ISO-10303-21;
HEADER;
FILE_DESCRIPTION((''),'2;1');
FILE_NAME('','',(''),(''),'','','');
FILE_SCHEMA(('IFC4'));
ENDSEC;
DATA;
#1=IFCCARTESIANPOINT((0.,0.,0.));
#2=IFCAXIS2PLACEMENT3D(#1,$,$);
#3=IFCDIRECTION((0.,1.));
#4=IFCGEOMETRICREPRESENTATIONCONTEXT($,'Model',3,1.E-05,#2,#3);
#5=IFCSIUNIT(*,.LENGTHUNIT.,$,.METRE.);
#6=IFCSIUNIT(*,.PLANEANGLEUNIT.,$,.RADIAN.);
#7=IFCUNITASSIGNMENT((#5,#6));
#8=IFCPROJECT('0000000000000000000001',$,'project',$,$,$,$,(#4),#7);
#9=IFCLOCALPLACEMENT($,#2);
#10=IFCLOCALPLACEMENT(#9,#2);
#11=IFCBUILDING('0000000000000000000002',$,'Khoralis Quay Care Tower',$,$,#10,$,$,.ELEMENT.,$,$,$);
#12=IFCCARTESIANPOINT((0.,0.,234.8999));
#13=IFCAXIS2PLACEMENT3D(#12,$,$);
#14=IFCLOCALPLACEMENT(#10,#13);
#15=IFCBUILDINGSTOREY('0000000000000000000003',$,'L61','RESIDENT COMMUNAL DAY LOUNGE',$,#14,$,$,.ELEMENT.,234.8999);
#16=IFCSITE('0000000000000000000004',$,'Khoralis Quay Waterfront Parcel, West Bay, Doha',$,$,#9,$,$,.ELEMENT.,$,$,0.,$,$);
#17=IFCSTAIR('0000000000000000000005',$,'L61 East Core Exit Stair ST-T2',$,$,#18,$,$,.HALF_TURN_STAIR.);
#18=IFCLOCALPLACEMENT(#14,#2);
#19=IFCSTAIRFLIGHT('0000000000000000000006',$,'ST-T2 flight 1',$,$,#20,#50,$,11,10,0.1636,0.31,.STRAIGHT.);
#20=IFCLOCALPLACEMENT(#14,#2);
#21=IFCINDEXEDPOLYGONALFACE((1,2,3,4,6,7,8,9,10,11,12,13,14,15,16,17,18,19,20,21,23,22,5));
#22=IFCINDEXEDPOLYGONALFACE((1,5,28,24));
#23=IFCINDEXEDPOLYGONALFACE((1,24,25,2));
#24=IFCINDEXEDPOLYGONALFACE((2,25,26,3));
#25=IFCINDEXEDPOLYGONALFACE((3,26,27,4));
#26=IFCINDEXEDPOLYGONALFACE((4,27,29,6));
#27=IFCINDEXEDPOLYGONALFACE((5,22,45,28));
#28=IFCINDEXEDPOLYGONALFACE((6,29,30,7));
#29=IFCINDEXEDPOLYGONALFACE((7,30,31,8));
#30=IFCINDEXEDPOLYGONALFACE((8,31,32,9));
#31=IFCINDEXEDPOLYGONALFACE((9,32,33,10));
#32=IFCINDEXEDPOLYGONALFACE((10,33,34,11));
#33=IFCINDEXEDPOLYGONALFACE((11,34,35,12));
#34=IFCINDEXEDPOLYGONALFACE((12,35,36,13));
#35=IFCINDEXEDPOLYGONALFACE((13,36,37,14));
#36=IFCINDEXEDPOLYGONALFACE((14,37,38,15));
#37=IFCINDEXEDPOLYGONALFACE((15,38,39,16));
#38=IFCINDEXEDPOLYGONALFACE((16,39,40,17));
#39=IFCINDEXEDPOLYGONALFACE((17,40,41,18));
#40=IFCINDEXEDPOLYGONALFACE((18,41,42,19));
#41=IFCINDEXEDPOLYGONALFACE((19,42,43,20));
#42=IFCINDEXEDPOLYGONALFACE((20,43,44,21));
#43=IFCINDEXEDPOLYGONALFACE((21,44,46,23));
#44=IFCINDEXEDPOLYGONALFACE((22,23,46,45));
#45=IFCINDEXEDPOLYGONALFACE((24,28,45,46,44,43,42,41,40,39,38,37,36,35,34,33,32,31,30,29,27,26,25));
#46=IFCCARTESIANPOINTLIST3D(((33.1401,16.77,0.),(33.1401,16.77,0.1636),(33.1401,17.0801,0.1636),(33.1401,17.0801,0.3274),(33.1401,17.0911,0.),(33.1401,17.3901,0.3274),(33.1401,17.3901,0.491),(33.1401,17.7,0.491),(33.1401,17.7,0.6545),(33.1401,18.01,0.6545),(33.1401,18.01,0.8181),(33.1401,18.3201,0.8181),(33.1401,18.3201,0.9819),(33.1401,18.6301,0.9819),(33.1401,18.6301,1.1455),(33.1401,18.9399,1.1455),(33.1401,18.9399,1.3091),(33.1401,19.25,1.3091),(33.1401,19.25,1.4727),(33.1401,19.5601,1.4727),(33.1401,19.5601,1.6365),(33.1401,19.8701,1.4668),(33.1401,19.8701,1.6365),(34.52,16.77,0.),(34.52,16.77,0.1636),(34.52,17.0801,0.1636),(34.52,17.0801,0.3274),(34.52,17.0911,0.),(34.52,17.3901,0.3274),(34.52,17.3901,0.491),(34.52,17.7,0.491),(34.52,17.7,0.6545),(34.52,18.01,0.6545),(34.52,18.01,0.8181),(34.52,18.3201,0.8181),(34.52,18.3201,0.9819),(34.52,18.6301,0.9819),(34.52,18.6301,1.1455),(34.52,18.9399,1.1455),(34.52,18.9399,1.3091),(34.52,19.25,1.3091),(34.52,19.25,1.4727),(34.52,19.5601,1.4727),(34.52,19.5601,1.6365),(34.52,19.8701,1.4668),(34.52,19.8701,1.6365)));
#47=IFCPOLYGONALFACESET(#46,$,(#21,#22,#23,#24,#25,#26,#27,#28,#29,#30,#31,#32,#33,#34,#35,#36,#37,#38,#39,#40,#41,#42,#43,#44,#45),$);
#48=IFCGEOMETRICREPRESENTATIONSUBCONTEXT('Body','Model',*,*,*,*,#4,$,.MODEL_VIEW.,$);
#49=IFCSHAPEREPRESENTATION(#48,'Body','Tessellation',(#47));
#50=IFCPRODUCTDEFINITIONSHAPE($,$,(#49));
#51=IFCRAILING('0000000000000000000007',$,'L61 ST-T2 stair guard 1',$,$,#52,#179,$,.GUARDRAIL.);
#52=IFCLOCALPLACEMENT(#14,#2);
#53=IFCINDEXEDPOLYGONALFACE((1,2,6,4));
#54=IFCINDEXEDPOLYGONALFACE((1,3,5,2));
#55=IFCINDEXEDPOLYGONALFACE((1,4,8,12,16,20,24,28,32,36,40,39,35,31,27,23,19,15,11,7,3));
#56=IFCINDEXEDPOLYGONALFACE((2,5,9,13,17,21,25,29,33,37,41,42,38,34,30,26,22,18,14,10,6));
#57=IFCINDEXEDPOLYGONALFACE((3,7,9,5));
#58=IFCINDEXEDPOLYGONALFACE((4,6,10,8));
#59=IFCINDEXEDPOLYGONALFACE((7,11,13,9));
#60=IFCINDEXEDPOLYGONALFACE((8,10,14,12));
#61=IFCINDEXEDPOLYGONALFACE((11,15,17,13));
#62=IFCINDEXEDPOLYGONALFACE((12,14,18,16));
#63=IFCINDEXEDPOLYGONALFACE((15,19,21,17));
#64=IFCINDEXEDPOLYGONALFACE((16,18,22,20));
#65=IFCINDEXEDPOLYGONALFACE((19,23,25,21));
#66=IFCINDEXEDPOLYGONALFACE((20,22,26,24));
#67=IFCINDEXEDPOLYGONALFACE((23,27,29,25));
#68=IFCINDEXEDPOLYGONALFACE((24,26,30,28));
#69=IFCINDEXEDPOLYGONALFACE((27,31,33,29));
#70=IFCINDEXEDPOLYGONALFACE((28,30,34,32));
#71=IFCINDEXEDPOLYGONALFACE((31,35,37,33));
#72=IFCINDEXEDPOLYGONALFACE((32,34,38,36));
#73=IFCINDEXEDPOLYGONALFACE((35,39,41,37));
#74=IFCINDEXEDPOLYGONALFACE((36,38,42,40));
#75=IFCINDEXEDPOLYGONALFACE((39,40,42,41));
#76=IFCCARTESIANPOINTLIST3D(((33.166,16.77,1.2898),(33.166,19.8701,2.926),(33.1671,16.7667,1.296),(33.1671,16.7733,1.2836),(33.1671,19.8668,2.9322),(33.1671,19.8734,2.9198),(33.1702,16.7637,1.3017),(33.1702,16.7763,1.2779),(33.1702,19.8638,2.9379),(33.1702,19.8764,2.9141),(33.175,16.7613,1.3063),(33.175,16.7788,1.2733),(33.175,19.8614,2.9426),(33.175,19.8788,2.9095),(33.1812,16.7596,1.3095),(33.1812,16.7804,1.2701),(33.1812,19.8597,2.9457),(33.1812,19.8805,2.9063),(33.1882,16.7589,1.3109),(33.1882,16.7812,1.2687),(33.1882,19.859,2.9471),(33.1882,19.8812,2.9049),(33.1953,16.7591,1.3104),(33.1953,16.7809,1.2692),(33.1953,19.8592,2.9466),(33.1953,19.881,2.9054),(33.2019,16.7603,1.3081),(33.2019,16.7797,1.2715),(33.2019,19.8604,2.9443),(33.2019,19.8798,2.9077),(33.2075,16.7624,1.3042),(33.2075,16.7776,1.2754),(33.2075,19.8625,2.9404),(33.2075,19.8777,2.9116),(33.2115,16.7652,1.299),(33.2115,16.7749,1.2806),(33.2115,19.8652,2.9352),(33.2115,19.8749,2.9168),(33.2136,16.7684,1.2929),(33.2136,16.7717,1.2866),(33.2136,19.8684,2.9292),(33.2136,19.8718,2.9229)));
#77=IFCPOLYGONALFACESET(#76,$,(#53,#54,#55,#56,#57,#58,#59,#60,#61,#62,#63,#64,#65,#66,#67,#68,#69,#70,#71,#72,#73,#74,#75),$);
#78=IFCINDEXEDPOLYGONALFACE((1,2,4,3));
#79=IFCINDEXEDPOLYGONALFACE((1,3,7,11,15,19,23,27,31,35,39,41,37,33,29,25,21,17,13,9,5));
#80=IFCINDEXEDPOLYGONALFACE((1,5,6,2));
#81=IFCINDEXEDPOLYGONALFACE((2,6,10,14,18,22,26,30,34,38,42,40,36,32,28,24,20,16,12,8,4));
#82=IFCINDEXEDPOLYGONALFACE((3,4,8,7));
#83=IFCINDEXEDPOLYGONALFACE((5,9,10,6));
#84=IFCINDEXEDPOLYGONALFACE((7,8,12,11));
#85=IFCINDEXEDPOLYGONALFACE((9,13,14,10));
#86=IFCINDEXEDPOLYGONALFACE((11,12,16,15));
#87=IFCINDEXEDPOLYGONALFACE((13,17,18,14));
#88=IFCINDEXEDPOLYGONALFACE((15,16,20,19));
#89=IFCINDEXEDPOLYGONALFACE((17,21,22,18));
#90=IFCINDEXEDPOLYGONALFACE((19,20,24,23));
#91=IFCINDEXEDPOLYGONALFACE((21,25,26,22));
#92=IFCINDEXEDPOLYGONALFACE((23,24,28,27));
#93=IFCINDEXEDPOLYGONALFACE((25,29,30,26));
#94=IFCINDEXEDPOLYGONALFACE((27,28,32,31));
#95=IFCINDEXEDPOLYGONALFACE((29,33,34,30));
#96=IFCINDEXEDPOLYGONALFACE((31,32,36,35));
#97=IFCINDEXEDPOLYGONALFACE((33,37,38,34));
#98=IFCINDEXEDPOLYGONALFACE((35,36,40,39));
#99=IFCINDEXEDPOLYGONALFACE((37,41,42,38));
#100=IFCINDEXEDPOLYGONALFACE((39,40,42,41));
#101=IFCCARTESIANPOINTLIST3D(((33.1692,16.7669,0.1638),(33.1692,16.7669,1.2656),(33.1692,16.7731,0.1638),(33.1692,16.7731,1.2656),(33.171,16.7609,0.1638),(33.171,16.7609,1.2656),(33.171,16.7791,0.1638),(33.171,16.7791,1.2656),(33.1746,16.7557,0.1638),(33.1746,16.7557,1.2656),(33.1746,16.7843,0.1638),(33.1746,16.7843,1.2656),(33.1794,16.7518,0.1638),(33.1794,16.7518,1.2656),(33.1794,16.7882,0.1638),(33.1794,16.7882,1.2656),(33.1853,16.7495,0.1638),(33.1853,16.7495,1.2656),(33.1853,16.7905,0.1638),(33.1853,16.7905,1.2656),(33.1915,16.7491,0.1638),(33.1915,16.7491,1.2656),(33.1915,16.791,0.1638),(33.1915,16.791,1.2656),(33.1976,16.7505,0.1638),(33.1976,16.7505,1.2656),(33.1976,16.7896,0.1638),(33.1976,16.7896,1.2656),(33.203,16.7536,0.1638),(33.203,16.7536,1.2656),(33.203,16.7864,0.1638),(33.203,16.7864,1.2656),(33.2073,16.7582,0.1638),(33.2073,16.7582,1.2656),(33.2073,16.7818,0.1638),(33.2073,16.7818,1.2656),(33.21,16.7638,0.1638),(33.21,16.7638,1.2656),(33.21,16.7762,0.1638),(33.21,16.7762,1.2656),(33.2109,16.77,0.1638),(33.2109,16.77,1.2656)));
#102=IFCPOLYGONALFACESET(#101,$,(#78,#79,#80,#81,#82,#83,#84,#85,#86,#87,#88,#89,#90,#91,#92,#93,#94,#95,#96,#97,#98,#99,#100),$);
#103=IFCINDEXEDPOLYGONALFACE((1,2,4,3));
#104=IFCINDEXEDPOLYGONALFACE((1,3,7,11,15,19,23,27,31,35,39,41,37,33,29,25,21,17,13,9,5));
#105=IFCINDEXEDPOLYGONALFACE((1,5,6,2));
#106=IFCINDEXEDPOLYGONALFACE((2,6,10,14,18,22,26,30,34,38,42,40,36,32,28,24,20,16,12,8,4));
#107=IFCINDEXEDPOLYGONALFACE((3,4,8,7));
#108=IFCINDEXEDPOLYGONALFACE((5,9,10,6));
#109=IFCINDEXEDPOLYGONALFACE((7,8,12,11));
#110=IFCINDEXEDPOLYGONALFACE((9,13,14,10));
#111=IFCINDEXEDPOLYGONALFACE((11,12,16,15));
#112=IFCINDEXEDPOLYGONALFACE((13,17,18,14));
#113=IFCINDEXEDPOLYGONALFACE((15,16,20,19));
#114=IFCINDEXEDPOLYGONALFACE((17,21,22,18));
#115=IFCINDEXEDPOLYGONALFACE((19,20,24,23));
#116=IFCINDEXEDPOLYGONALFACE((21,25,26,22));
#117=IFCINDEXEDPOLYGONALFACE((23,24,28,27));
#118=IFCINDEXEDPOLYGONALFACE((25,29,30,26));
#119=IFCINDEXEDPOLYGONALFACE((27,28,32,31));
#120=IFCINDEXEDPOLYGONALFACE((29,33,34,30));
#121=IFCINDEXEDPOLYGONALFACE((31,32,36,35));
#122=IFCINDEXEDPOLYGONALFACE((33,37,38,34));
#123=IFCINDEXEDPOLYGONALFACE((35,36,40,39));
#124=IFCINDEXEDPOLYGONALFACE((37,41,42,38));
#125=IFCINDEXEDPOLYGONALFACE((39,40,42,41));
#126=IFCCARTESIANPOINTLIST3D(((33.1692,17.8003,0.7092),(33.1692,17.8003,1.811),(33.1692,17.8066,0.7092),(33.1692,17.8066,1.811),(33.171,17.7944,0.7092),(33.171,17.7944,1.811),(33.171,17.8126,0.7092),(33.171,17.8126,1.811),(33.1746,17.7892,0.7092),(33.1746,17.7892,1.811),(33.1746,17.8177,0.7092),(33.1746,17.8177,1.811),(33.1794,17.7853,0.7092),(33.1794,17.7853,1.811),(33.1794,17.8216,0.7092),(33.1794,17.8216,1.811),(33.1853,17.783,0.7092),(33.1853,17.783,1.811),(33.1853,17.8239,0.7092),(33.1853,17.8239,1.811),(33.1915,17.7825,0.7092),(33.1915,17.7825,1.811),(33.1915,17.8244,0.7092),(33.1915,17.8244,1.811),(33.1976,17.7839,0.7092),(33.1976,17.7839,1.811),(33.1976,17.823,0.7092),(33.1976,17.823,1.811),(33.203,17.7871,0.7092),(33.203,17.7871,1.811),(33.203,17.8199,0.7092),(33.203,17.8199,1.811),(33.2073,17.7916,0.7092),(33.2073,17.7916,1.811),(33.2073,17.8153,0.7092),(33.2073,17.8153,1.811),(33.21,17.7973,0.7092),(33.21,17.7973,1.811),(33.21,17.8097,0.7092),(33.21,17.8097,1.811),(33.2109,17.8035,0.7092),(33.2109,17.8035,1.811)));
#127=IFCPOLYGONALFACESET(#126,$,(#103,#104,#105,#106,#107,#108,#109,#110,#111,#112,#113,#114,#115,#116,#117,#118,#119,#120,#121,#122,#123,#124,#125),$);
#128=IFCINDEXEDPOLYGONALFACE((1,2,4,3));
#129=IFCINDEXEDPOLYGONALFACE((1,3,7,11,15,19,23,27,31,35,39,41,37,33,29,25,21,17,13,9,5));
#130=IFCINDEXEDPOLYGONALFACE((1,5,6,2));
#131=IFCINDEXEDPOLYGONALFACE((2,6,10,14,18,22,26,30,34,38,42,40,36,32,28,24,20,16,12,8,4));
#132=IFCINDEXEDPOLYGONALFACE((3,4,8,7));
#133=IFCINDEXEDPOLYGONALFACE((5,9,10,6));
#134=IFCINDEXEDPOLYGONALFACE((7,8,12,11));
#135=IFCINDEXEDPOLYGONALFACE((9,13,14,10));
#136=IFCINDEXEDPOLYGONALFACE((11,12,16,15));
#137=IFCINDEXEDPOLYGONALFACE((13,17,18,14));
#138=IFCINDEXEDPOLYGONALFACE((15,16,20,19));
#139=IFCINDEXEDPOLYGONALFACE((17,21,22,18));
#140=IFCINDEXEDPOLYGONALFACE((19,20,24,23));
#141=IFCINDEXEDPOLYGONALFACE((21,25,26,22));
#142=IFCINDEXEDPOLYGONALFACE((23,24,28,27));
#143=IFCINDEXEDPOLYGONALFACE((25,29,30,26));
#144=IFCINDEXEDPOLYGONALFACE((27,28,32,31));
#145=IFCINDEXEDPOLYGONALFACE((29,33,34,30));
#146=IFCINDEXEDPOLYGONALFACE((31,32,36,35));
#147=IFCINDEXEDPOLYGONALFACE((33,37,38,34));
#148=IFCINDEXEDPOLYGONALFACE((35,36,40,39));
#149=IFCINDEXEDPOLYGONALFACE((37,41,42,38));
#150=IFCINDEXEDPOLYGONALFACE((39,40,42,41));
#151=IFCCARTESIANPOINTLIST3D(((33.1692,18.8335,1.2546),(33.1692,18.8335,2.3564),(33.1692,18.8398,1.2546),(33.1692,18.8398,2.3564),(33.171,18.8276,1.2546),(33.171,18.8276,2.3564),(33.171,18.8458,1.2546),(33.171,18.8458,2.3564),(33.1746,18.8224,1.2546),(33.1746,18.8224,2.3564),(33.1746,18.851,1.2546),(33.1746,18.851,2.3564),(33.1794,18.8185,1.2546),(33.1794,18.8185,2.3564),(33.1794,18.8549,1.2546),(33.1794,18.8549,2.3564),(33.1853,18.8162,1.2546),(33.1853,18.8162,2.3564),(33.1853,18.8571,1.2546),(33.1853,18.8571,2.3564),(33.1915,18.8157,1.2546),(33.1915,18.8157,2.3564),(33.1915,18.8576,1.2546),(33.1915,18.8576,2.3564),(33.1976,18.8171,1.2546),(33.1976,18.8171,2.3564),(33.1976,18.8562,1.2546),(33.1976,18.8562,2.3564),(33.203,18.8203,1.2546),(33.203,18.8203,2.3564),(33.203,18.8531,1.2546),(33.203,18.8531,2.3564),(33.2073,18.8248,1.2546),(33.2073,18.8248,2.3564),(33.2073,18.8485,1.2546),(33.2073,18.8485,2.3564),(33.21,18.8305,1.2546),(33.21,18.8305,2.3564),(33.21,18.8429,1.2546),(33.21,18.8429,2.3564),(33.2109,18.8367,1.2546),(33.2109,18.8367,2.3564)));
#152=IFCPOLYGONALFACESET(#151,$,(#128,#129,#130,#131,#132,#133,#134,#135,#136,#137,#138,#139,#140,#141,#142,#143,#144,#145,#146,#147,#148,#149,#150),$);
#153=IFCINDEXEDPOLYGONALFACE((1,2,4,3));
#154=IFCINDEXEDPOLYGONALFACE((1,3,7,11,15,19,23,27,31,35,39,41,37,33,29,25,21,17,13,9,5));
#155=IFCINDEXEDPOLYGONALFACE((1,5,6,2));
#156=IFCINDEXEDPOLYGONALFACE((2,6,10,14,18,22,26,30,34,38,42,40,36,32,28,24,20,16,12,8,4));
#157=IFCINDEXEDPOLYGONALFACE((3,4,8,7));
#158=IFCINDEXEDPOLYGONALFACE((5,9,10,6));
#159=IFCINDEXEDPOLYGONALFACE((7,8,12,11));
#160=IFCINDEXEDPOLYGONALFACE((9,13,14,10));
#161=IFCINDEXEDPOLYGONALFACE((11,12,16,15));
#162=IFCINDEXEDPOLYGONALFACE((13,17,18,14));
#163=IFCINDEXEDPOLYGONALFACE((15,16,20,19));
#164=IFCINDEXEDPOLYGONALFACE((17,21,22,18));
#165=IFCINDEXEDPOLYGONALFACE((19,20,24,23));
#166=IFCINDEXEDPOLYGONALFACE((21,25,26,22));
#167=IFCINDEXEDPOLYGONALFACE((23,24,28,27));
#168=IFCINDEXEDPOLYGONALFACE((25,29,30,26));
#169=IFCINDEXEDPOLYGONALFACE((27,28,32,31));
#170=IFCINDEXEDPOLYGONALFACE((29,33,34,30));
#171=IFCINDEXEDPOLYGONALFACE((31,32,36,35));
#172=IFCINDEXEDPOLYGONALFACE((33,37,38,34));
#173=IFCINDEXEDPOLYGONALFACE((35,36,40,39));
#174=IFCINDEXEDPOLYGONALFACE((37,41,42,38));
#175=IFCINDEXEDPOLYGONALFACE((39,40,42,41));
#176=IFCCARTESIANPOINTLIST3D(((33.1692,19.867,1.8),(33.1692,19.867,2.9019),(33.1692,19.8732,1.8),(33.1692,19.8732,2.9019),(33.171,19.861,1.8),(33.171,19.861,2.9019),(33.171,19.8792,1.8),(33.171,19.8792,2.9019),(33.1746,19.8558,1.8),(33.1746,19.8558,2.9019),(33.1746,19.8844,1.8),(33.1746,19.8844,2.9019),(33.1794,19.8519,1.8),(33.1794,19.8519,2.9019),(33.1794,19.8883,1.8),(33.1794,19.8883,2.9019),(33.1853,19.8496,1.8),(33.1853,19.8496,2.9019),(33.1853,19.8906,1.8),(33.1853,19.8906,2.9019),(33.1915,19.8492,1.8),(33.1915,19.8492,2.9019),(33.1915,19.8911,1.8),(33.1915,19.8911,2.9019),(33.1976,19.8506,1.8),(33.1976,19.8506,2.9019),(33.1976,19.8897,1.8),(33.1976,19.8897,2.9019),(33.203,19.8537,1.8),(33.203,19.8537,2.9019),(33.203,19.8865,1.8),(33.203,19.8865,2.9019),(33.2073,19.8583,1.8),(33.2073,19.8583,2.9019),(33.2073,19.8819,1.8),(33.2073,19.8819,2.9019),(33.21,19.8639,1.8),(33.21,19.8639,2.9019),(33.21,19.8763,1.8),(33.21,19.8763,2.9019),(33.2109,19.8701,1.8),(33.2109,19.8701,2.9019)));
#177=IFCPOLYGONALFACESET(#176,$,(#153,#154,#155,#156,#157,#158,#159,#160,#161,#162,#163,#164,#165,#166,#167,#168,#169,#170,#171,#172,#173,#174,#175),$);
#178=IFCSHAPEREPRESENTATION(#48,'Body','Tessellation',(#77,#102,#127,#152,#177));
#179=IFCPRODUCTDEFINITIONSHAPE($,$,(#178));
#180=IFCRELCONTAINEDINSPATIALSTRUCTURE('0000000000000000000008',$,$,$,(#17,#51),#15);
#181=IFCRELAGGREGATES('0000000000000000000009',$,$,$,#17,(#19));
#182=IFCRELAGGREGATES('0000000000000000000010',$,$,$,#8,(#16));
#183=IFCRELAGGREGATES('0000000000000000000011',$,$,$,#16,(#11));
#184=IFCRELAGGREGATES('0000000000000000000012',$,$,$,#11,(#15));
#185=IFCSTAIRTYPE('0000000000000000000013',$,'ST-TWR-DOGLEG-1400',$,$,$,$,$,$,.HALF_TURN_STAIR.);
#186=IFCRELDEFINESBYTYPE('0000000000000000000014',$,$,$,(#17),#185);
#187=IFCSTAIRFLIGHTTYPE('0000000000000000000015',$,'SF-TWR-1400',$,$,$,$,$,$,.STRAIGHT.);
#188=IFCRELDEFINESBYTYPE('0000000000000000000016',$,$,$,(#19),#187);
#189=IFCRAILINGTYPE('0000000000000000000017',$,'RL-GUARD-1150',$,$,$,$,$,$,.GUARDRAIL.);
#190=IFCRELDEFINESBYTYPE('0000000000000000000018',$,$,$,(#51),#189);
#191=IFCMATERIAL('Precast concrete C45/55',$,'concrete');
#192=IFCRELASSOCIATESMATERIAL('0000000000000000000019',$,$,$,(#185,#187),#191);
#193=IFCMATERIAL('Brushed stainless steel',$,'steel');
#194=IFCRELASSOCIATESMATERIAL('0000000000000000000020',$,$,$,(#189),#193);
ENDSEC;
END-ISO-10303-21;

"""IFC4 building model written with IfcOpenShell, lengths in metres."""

from ifc_helpers import new_model, si_unit, direction, frame, origin, origin_2d, place, context, subcontext, project, spatial, polyline, circle, outline, extrude, source, transform, mapped, material, type_object, element, aggregate, save


model = new_model("IFC4")

# Units and contexts
model_context = context("Model", 3, precision=1e-05, world=origin(), true_north=direction((0.0, 1.0)))
body_context = subcontext(model_context, "Body", "Model", "MODEL_VIEW")
ifc_project = project(units=[si_unit("LENGTHUNIT", "METRE"), si_unit("PLANEANGLEUNIT", "RADIAN")], contexts=[model_context])

# Site, building, storey
site_placement = place(None, origin())
site = spatial("IfcSite", under=ifc_project, at=site_placement, Name="Khoralis Quay Waterfront Parcel, West Bay, Doha", CompositionType="ELEMENT", RefElevation=0.0)
building_placement = place(site_placement, origin())
building = spatial("IfcBuilding", under=site, at=building_placement, Name="Khoralis Quay Care Tower", CompositionType="ELEMENT")
storey_placement = place(building_placement, frame((0.0, 0.0, 234.8999)))
storey = spatial("IfcBuildingStorey", under=building, at=storey_placement, Name="L61", Description="RESIDENT COMMUNAL DAY LOUNGE", CompositionType="ELEMENT", Elevation=234.8999)

# Shared definitions
ifc_material_1 = material(Name="Brushed stainless steel", Category="steel")

# Shared definitions
ifc_material_2 = material(Name="Precast concrete C45/55", Category="concrete")

# Stair, stair flight
stair_type = type_object("IfcStairType", Name="ST-TWR-DOGLEG-1400", PredefinedType="HALF_TURN_STAIR", material=ifc_material_2)
stair_placement = place(storey_placement, origin())
stair = element("IfcStair", 1, at=stair_placement, inside=storey, type_object=stair_type, Name="L61 East Core Exit Stair ST-T2", PredefinedType="HALF_TURN_STAIR")
stair_flight_type = type_object("IfcStairFlightType", Name="SF-TWR-1400", PredefinedType="STRAIGHT", material=ifc_material_2)
shared_shape_1 = source(origin(), body_context, "Body", "SweptSolid", [
    extrude(outline(polyline([(0.0, 0.0), (0.0, 0.1636), (0.3101, 0.1636), (0.3101, 0.3274), (0.6201, 0.3274), (0.6201, 0.491), (0.9299, 0.491), (0.9299, 0.6545), (1.24, 0.6545), (1.24, 0.8181), (1.55, 0.8181), (1.55, 0.9819), (1.8601, 0.9819), (1.8601, 1.1455), (2.1699, 1.1455), (2.1699, 1.3091), (2.48, 1.3091), (2.48, 1.4727), (2.79, 1.4727), (2.79, 1.6365), (3.1001, 1.6365), (3.1001, 1.8), (3.1001, 1.4668), (0.321, 0.0), (0.0, 0.0)])), frame((0.0, 0.6899, 0.0), z_axis=(0.0, -1.0, 0.0), x_axis=(1.0, 0.0, 0.0)), (0.0, 0.0, 1.0), 1.3799),
])
stair_flight_placement = place(storey_placement, frame((33.8301, 16.77, 0.0), z_axis=(0.0, 0.0, 1.0), x_axis=(0.0, 1.0, 0.0)))
stair_flight = element("IfcStairFlight", 2, at=stair_flight_placement, type_object=stair_flight_type, Name="ST-T2 flight 1", NumberOfRisers=11, NumberOfTreads=10, PredefinedType="STRAIGHT", RiserHeight=0.1636, TreadLength=0.31, context=body_context, shape_type="MappedRepresentation", body=[
    mapped(shared_shape_1, transform((0.0, 0.0, 0.0), scale=1.0)),
])
aggregate(stair, [stair_flight])

# Railing
railing_type_1 = type_object("IfcRailingType", Name="RL-GUARD-1150", PredefinedType="GUARDRAIL", material=ifc_material_1)
railing_1_placement = place(storey_placement, frame((33.1899, 16.77, 0.1638)))
element("IfcRailing", 3, at=railing_1_placement, inside=storey, type_object=railing_type_1, Name="L61 ST-T2 stair guard 1", PredefinedType="GUARDRAIL", context=body_context, shape_type="SweptSolid", body=[
    extrude(circle(Radius=0.0239, at=origin_2d()), frame((0.0, 0.0, 1.126), z_axis=(0.0, 0.884377, 0.466774), x_axis=(-1.0, 0.0, 0.0)), (0.0, 0.0, 1.0), 3.5054),
    extrude(circle(Radius=0.021, at=origin_2d()), origin(), (0.0, 0.0, 1.0), 1.1018),
    extrude(circle(Radius=0.021, at=origin_2d()), frame((0.0, 1.0334, 0.5454)), (0.0, 0.0, 1.0), 1.1018),
    extrude(circle(Radius=0.021, at=origin_2d()), frame((0.0, 2.0667, 1.0908)), (0.0, 0.0, 1.0), 1.1018),
    extrude(circle(Radius=0.021, at=origin_2d()), frame((0.0, 3.1001, 1.6362)), (0.0, 0.0, 1.0), 1.1018),
])

save(model, "model.ifc")
